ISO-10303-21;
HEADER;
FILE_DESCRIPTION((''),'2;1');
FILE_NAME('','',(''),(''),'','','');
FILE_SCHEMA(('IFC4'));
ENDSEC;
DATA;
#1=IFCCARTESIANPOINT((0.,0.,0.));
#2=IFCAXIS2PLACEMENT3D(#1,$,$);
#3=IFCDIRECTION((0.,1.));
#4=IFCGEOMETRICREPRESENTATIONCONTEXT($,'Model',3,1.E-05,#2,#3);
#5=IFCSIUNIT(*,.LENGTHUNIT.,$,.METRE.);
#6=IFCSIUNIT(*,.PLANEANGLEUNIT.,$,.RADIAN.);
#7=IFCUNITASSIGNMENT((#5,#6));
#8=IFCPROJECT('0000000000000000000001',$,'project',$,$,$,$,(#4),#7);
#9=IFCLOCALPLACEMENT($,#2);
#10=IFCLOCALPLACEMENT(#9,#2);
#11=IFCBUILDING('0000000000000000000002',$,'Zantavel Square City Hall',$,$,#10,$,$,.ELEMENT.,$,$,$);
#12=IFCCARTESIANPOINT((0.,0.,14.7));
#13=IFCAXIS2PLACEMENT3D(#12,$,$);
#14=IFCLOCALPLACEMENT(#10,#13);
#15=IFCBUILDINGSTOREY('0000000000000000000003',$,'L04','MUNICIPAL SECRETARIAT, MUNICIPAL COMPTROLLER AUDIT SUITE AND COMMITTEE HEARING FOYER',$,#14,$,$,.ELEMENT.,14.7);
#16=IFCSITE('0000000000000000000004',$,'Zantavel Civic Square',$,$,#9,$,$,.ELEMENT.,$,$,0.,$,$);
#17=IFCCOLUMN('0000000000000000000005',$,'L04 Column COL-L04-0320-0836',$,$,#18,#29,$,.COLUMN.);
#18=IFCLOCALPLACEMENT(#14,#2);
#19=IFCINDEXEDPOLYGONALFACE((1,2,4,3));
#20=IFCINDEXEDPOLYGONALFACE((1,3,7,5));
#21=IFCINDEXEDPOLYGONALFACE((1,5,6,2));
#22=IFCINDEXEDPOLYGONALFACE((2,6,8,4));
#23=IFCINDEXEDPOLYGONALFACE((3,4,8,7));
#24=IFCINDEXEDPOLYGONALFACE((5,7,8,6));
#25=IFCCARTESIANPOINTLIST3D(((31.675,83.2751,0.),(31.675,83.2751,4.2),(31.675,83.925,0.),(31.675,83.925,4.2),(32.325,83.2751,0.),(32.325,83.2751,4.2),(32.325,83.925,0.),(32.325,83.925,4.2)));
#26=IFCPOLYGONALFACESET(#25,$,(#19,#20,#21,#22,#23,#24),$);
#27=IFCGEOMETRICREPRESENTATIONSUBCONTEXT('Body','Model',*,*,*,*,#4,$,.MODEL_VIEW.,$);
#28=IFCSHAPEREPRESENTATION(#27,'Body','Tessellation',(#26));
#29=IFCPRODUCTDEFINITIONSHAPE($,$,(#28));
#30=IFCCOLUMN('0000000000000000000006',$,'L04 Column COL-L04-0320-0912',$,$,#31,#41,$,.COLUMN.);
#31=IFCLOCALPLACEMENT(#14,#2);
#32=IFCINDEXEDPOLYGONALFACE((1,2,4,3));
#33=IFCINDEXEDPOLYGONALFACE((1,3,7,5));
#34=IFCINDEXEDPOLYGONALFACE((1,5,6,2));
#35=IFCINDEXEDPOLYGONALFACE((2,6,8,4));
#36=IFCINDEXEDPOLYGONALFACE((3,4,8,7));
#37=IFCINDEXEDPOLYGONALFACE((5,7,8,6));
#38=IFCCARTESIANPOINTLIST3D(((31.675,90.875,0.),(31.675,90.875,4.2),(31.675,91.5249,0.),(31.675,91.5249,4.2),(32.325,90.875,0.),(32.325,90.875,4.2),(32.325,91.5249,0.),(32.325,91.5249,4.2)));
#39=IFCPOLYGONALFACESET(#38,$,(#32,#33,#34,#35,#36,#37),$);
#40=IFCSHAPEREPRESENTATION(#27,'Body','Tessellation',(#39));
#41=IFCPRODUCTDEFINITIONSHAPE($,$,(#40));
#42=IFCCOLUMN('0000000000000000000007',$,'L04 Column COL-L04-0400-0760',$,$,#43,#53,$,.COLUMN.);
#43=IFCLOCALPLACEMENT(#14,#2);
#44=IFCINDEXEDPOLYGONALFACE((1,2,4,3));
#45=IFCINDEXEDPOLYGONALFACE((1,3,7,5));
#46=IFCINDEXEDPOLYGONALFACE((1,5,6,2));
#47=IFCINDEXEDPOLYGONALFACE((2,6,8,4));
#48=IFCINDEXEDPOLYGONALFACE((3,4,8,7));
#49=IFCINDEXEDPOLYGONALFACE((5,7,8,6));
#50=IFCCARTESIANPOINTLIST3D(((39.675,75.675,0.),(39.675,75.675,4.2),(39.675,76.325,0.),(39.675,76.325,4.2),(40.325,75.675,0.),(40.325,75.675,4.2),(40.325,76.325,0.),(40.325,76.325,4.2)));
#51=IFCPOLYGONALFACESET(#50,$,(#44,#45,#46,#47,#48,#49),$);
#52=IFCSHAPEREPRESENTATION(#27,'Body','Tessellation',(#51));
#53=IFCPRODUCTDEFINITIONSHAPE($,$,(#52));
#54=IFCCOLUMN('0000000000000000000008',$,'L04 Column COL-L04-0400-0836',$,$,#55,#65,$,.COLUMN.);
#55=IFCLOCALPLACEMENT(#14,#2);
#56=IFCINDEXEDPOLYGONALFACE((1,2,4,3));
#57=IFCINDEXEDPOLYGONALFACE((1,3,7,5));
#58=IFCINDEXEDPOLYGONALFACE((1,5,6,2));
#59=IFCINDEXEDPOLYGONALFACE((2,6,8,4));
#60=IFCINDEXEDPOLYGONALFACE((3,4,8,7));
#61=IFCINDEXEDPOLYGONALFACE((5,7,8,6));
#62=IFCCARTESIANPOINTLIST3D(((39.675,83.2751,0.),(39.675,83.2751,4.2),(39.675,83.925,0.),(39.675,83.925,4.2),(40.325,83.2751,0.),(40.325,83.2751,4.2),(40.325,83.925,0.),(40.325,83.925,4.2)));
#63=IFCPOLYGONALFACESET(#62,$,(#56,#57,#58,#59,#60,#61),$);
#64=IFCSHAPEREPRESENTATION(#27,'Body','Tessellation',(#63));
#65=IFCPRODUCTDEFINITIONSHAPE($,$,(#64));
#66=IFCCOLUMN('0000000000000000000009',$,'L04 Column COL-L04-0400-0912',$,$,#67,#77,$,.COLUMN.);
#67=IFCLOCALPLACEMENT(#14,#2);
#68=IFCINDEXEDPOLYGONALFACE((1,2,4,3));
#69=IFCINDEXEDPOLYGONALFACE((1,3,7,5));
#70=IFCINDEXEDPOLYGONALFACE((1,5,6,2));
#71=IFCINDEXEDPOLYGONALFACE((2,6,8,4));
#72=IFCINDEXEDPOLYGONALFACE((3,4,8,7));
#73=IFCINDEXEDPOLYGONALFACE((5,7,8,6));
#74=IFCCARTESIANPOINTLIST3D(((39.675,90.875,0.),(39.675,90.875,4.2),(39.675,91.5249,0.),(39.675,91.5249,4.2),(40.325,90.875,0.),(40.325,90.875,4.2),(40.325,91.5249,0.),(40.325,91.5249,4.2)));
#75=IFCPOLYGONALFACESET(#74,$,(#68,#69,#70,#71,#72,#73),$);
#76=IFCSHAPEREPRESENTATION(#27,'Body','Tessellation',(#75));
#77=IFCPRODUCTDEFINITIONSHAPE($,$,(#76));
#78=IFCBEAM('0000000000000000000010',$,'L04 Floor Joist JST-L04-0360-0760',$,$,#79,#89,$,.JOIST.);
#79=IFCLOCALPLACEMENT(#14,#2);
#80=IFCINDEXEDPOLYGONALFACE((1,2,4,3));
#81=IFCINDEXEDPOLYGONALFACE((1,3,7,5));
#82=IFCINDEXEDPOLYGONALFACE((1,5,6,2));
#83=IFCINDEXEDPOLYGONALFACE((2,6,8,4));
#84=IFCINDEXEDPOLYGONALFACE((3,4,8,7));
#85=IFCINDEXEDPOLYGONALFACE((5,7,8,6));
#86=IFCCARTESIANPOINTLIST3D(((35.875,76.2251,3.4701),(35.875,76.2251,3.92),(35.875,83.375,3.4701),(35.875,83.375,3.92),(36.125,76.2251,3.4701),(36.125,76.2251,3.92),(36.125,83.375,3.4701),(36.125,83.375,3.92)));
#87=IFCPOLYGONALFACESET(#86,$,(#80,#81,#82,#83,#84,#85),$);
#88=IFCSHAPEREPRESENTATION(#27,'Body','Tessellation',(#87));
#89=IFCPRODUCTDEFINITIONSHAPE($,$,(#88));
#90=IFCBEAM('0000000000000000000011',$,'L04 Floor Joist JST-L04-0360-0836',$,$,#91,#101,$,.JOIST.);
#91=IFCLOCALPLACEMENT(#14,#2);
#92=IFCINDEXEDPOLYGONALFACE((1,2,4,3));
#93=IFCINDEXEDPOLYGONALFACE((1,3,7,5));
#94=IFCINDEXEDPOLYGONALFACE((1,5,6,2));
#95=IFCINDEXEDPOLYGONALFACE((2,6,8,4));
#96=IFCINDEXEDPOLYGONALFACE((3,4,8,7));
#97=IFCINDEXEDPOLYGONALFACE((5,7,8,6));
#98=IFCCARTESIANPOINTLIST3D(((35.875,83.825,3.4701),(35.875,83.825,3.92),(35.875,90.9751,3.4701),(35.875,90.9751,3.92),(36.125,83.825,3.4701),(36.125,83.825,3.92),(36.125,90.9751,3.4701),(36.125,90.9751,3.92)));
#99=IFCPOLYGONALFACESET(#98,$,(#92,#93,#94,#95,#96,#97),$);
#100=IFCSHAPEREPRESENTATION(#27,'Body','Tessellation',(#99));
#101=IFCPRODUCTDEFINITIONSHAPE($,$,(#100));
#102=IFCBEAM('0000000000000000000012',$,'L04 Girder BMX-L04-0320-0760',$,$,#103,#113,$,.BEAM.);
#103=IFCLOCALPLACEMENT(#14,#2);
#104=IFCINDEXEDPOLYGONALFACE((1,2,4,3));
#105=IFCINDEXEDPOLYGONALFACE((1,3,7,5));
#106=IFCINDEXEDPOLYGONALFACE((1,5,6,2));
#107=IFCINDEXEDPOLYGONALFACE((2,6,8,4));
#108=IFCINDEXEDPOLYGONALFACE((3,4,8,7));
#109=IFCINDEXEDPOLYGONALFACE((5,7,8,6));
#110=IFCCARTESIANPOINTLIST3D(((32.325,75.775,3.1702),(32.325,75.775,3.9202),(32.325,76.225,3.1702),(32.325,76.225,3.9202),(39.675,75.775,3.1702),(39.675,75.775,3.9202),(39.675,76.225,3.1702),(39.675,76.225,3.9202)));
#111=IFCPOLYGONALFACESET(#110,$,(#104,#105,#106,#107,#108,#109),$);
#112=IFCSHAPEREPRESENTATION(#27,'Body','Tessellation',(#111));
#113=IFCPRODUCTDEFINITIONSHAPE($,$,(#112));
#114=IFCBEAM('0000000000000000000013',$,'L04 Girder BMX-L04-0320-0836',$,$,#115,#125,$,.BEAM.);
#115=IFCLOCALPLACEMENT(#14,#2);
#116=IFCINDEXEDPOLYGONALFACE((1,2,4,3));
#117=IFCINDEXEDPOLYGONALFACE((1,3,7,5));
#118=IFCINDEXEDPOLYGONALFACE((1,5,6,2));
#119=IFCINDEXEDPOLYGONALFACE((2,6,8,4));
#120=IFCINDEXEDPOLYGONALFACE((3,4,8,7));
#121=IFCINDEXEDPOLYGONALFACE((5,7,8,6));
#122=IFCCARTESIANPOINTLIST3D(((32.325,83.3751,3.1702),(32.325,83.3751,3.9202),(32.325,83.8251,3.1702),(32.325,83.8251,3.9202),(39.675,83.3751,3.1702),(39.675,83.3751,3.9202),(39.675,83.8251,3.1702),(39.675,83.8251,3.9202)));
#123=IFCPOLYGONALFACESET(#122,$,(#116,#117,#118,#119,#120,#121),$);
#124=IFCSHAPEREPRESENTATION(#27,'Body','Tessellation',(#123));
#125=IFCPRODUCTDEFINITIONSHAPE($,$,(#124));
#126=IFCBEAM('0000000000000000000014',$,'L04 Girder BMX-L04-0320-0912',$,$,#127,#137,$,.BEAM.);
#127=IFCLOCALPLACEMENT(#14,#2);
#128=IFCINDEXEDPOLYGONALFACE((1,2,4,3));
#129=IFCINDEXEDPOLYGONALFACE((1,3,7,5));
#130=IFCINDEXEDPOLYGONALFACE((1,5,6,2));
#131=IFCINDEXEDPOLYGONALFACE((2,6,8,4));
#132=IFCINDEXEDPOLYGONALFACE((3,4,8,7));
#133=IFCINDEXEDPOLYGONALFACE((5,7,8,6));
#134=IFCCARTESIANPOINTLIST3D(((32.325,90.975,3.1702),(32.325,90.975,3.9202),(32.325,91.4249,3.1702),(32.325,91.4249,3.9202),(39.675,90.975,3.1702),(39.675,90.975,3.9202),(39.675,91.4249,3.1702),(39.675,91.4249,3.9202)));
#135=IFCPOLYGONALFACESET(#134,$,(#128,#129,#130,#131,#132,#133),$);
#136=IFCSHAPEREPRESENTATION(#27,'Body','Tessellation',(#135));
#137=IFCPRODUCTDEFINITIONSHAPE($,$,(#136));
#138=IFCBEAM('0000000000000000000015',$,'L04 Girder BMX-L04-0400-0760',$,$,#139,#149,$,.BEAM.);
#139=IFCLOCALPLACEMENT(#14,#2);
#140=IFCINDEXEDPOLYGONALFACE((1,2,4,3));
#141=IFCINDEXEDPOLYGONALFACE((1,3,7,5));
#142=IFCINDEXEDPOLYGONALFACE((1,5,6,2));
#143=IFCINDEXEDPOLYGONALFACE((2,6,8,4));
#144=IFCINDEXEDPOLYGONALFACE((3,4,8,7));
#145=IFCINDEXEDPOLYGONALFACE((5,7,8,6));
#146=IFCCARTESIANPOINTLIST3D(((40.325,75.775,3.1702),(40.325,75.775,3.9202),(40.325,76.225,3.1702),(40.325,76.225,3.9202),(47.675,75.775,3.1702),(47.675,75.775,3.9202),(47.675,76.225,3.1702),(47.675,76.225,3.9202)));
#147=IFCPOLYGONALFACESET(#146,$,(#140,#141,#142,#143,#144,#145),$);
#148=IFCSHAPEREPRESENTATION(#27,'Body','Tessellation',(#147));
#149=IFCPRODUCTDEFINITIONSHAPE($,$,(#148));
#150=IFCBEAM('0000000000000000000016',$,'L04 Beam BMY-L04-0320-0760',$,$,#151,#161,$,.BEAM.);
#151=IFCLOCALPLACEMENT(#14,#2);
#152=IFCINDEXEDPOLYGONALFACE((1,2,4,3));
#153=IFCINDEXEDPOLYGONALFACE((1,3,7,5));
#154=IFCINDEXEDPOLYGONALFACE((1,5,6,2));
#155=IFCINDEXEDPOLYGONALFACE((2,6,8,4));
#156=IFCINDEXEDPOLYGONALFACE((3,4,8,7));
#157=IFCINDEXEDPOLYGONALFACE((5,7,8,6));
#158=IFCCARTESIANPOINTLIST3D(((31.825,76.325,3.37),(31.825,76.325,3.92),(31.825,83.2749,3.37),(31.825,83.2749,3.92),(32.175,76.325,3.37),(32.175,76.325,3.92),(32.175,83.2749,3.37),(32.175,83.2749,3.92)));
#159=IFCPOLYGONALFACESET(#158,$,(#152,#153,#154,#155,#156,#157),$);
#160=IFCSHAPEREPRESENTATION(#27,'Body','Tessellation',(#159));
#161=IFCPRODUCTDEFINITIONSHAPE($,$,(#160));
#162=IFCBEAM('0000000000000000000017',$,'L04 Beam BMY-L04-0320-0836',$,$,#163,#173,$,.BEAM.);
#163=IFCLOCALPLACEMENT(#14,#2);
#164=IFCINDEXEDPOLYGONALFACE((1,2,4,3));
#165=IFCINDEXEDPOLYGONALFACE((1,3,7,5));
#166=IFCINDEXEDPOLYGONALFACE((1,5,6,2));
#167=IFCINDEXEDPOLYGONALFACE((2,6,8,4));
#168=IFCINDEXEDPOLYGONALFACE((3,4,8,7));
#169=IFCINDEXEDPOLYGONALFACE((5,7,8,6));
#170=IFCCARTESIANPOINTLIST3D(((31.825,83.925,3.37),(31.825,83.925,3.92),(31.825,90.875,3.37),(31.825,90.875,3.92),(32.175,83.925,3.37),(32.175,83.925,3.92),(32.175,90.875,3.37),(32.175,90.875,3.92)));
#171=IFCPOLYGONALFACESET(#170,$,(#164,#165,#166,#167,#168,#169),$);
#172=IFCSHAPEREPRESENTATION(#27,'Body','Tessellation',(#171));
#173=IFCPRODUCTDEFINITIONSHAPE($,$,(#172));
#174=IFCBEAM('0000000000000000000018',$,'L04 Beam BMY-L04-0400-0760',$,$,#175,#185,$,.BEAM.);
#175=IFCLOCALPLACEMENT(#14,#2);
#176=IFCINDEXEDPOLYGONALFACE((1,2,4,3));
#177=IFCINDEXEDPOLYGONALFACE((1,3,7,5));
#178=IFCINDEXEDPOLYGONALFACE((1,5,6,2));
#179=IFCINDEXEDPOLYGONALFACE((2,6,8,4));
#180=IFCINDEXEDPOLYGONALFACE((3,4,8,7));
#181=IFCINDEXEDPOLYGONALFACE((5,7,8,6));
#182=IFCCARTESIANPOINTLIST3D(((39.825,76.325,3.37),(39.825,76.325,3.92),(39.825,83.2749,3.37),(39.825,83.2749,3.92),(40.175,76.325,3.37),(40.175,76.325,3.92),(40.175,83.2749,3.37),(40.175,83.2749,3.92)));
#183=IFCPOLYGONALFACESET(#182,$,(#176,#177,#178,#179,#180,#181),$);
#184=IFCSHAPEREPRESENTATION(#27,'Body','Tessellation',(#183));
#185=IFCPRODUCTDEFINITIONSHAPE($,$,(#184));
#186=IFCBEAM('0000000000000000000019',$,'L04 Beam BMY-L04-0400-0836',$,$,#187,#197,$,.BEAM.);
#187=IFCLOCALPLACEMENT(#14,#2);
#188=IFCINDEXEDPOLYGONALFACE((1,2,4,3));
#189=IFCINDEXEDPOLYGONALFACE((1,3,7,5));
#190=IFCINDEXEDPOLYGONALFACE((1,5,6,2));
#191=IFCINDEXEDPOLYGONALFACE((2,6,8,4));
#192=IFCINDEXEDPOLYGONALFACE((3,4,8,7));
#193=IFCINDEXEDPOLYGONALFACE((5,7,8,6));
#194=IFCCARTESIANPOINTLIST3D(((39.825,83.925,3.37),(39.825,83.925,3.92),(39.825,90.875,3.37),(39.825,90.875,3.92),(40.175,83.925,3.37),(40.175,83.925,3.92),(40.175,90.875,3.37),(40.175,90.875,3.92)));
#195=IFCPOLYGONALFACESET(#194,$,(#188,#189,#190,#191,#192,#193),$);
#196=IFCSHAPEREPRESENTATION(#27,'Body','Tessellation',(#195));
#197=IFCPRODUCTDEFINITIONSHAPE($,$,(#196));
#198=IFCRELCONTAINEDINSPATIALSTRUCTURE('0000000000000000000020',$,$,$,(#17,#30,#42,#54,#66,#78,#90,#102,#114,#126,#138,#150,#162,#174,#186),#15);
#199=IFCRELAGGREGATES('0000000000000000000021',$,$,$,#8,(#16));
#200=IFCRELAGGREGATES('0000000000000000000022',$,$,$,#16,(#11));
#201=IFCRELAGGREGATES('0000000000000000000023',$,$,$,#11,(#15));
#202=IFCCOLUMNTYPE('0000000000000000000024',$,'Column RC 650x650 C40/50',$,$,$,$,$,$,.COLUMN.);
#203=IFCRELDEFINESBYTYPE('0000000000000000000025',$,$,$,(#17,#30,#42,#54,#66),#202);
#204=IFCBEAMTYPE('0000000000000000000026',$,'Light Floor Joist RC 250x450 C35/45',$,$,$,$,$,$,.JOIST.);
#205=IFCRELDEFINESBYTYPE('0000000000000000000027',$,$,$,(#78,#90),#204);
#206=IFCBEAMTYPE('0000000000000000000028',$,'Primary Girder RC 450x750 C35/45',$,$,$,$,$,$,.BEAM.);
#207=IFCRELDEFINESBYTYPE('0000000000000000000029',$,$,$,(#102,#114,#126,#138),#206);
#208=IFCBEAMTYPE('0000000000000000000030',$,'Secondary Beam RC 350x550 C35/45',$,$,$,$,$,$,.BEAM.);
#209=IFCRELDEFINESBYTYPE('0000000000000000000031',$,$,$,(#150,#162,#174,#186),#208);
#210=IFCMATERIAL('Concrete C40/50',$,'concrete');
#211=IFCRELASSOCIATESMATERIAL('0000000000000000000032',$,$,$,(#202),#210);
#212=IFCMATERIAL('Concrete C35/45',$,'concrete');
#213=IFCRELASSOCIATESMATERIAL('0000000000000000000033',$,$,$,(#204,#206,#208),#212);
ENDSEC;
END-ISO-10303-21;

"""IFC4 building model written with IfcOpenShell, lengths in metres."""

from ifc_helpers import new_model, si_unit, direction, frame, origin, origin_2d, place, context, subcontext, project, spatial, rectangle, extrude, material, material_profile, profile_set, type_object, element, save


model = new_model("IFC4")

# Units and contexts
model_context = context("Model", 3, precision=1e-05, world=origin(), true_north=direction((0.0, 1.0)))
body_context = subcontext(model_context, "Body", "Model", "MODEL_VIEW")
ifc_project = project(units=[si_unit("LENGTHUNIT", "METRE"), si_unit("PLANEANGLEUNIT", "RADIAN")], contexts=[model_context])

# Site, building, storey
site_placement = place(None, origin())
site = spatial("IfcSite", under=ifc_project, at=site_placement, Name="Zantavel Civic Square", CompositionType="ELEMENT", RefElevation=0.0)
building_placement = place(site_placement, origin())
building = spatial("IfcBuilding", under=site, at=building_placement, Name="Zantavel Square City Hall", CompositionType="ELEMENT")
storey_placement = place(building_placement, frame((0.0, 0.0, 14.7)))
storey = spatial("IfcBuildingStorey", under=building, at=storey_placement, Name="L04", Description="MUNICIPAL SECRETARIAT, MUNICIPAL COMPTROLLER AUDIT SUITE AND COMMITTEE HEARING FOYER", CompositionType="ELEMENT", Elevation=14.7)

# Columns
ifc_material_1 = material(Name="Concrete C40/50", Category="concrete")
ifc_material_profile_1 = material_profile(ifc_material_1, rectangle(XDim=0.6499, YDim=0.6499, at=origin_2d()), Name="RC 650x650")
ifc_profile_set_1 = profile_set([ifc_material_profile_1], Name="Concrete C40/50")
column_type = type_object("IfcColumnType", Name="Column RC 650x650 C40/50", PredefinedType="COLUMN", material=ifc_profile_set_1)
for number, where, z_axis, x_axis, name in (
    (1, (32.0, 83.6001, 0.0), (0.0, 0.0, 1.0), (1.0, 0.0, 0.0), "L04 Column COL-L04-0320-0836"),
    (2, (32.0, 91.2, 0.0), (0.0, 0.0, 1.0), (1.0, 0.0, 0.0), "L04 Column COL-L04-0320-0912"),
    (3, (40.0, 76.0, 0.0), (0.0, 0.0, 1.0), (1.0, 0.0, 0.0), "L04 Column COL-L04-0400-0760"),
    (4, (40.0, 83.6001, 0.0), (0.0, 0.0, 1.0), (1.0, 0.0, 0.0), "L04 Column COL-L04-0400-0836"),
    (5, (40.0, 91.2, 0.0), (0.0, 0.0, 1.0), (1.0, 0.0, 0.0), "L04 Column COL-L04-0400-0912"),
):
    element("IfcColumn", number, at=place(storey_placement, frame(where, z_axis=z_axis, x_axis=x_axis)), inside=storey, type_object=column_type, Name=name, PredefinedType="COLUMN", context=body_context, shape_type="SweptSolid", body=[
        extrude(rectangle(XDim=0.6499, YDim=0.6499, at=origin_2d()), origin(), (0.0, 0.0, 1.0), 4.2),
    ])

# Beams
ifc_material_2 = material(Name="Concrete C35/45", Category="concrete")
ifc_material_profile_2 = material_profile(ifc_material_2, rectangle(XDim=0.25, YDim=0.45, at=origin_2d()), Name="RC 250x450")
ifc_profile_set_2 = profile_set([ifc_material_profile_2], Name="Concrete C35/45")
beam_type_1 = type_object("IfcBeamType", Name="Light Floor Joist RC 250x450 C35/45", PredefinedType="JOIST", material=ifc_profile_set_2)
beam_1_placement = place(storey_placement, frame((36.0, 76.2251, 3.6951), z_axis=(0.0, 1.0, 0.0), x_axis=(-1.0, 0.0, 0.0)))
element("IfcBeam", 6, at=beam_1_placement, inside=storey, type_object=beam_type_1, Name="L04 Floor Joist JST-L04-0360-0760", PredefinedType="JOIST", context=body_context, shape_type="SweptSolid", body=[
    extrude(rectangle(XDim=0.25, YDim=0.45, at=origin_2d()), origin(), (0.0, 0.0, 1.0), 7.1499),
])
beam_2_placement = place(storey_placement, frame((36.0, 83.825, 3.6951), z_axis=(0.0, 1.0, 0.0), x_axis=(-1.0, 0.0, 0.0)))
element("IfcBeam", 7, at=beam_2_placement, inside=storey, type_object=beam_type_1, Name="L04 Floor Joist JST-L04-0360-0836", PredefinedType="JOIST", context=body_context, shape_type="SweptSolid", body=[
    extrude(rectangle(XDim=0.25, YDim=0.45, at=origin_2d()), origin(), (0.0, 0.0, 1.0), 7.1501),
])
ifc_material_profile_3 = material_profile(ifc_material_2, rectangle(XDim=0.45, YDim=0.75, at=origin_2d()), Name="RC 450x750")
ifc_profile_set_3 = profile_set([ifc_material_profile_3], Name="Concrete C35/45")
beam_type_2 = type_object("IfcBeamType", Name="Primary Girder RC 450x750 C35/45", PredefinedType="BEAM", material=ifc_profile_set_3)
for number, where, z_axis, x_axis, name in (
    (8, (32.325, 76.0, 3.5452), (1.0, 0.0, 0.0), (0.0, 1.0, 0.0), "L04 Girder BMX-L04-0320-0760"),
    (9, (32.325, 83.6001, 3.5452), (1.0, 0.0, 0.0), (0.0, 1.0, 0.0), "L04 Girder BMX-L04-0320-0836"),
    (10, (32.325, 91.2, 3.5452), (1.0, 0.0, 0.0), (0.0, 1.0, 0.0), "L04 Girder BMX-L04-0320-0912"),
    (11, (40.325, 76.0, 3.5452), (1.0, 0.0, 0.0), (0.0, 1.0, 0.0), "L04 Girder BMX-L04-0400-0760"),
):
    element("IfcBeam", number, at=place(storey_placement, frame(where, z_axis=z_axis, x_axis=x_axis)), inside=storey, type_object=beam_type_2, Name=name, PredefinedType="BEAM", context=body_context, shape_type="SweptSolid", body=[
        extrude(rectangle(XDim=0.45, YDim=0.75, at=origin_2d()), origin(), (0.0, 0.0, 1.0), 7.3501),
    ])
ifc_material_profile_4 = material_profile(ifc_material_2, rectangle(XDim=0.3501, YDim=0.55, at=origin_2d()), Name="RC 350x550")
ifc_profile_set_4 = profile_set([ifc_material_profile_4], Name="Concrete C35/45")
beam_type_3 = type_object("IfcBeamType", Name="Secondary Beam RC 350x550 C35/45", PredefinedType="BEAM", material=ifc_profile_set_4)
for number, where, z_axis, x_axis, name in (
    (12, (32.0, 76.325, 3.645), (0.0, 1.0, 0.0), (-1.0, 0.0, 0.0), "L04 Beam BMY-L04-0320-0760"),
    (13, (32.0, 83.925, 3.645), (0.0, 1.0, 0.0), (-1.0, 0.0, 0.0), "L04 Beam BMY-L04-0320-0836"),
    (14, (40.0, 76.325, 3.645), (0.0, 1.0, 0.0), (-1.0, 0.0, 0.0), "L04 Beam BMY-L04-0400-0760"),
    (15, (40.0, 83.925, 3.645), (0.0, 1.0, 0.0), (-1.0, 0.0, 0.0), "L04 Beam BMY-L04-0400-0836"),
):
    element("IfcBeam", number, at=place(storey_placement, frame(where, z_axis=z_axis, x_axis=x_axis)), inside=storey, type_object=beam_type_3, Name=name, PredefinedType="BEAM", context=body_context, shape_type="SweptSolid", body=[
        extrude(rectangle(XDim=0.3501, YDim=0.55, at=origin_2d()), origin(), (0.0, 0.0, 1.0), 6.95),
    ])

save(model, "model.ifc")
